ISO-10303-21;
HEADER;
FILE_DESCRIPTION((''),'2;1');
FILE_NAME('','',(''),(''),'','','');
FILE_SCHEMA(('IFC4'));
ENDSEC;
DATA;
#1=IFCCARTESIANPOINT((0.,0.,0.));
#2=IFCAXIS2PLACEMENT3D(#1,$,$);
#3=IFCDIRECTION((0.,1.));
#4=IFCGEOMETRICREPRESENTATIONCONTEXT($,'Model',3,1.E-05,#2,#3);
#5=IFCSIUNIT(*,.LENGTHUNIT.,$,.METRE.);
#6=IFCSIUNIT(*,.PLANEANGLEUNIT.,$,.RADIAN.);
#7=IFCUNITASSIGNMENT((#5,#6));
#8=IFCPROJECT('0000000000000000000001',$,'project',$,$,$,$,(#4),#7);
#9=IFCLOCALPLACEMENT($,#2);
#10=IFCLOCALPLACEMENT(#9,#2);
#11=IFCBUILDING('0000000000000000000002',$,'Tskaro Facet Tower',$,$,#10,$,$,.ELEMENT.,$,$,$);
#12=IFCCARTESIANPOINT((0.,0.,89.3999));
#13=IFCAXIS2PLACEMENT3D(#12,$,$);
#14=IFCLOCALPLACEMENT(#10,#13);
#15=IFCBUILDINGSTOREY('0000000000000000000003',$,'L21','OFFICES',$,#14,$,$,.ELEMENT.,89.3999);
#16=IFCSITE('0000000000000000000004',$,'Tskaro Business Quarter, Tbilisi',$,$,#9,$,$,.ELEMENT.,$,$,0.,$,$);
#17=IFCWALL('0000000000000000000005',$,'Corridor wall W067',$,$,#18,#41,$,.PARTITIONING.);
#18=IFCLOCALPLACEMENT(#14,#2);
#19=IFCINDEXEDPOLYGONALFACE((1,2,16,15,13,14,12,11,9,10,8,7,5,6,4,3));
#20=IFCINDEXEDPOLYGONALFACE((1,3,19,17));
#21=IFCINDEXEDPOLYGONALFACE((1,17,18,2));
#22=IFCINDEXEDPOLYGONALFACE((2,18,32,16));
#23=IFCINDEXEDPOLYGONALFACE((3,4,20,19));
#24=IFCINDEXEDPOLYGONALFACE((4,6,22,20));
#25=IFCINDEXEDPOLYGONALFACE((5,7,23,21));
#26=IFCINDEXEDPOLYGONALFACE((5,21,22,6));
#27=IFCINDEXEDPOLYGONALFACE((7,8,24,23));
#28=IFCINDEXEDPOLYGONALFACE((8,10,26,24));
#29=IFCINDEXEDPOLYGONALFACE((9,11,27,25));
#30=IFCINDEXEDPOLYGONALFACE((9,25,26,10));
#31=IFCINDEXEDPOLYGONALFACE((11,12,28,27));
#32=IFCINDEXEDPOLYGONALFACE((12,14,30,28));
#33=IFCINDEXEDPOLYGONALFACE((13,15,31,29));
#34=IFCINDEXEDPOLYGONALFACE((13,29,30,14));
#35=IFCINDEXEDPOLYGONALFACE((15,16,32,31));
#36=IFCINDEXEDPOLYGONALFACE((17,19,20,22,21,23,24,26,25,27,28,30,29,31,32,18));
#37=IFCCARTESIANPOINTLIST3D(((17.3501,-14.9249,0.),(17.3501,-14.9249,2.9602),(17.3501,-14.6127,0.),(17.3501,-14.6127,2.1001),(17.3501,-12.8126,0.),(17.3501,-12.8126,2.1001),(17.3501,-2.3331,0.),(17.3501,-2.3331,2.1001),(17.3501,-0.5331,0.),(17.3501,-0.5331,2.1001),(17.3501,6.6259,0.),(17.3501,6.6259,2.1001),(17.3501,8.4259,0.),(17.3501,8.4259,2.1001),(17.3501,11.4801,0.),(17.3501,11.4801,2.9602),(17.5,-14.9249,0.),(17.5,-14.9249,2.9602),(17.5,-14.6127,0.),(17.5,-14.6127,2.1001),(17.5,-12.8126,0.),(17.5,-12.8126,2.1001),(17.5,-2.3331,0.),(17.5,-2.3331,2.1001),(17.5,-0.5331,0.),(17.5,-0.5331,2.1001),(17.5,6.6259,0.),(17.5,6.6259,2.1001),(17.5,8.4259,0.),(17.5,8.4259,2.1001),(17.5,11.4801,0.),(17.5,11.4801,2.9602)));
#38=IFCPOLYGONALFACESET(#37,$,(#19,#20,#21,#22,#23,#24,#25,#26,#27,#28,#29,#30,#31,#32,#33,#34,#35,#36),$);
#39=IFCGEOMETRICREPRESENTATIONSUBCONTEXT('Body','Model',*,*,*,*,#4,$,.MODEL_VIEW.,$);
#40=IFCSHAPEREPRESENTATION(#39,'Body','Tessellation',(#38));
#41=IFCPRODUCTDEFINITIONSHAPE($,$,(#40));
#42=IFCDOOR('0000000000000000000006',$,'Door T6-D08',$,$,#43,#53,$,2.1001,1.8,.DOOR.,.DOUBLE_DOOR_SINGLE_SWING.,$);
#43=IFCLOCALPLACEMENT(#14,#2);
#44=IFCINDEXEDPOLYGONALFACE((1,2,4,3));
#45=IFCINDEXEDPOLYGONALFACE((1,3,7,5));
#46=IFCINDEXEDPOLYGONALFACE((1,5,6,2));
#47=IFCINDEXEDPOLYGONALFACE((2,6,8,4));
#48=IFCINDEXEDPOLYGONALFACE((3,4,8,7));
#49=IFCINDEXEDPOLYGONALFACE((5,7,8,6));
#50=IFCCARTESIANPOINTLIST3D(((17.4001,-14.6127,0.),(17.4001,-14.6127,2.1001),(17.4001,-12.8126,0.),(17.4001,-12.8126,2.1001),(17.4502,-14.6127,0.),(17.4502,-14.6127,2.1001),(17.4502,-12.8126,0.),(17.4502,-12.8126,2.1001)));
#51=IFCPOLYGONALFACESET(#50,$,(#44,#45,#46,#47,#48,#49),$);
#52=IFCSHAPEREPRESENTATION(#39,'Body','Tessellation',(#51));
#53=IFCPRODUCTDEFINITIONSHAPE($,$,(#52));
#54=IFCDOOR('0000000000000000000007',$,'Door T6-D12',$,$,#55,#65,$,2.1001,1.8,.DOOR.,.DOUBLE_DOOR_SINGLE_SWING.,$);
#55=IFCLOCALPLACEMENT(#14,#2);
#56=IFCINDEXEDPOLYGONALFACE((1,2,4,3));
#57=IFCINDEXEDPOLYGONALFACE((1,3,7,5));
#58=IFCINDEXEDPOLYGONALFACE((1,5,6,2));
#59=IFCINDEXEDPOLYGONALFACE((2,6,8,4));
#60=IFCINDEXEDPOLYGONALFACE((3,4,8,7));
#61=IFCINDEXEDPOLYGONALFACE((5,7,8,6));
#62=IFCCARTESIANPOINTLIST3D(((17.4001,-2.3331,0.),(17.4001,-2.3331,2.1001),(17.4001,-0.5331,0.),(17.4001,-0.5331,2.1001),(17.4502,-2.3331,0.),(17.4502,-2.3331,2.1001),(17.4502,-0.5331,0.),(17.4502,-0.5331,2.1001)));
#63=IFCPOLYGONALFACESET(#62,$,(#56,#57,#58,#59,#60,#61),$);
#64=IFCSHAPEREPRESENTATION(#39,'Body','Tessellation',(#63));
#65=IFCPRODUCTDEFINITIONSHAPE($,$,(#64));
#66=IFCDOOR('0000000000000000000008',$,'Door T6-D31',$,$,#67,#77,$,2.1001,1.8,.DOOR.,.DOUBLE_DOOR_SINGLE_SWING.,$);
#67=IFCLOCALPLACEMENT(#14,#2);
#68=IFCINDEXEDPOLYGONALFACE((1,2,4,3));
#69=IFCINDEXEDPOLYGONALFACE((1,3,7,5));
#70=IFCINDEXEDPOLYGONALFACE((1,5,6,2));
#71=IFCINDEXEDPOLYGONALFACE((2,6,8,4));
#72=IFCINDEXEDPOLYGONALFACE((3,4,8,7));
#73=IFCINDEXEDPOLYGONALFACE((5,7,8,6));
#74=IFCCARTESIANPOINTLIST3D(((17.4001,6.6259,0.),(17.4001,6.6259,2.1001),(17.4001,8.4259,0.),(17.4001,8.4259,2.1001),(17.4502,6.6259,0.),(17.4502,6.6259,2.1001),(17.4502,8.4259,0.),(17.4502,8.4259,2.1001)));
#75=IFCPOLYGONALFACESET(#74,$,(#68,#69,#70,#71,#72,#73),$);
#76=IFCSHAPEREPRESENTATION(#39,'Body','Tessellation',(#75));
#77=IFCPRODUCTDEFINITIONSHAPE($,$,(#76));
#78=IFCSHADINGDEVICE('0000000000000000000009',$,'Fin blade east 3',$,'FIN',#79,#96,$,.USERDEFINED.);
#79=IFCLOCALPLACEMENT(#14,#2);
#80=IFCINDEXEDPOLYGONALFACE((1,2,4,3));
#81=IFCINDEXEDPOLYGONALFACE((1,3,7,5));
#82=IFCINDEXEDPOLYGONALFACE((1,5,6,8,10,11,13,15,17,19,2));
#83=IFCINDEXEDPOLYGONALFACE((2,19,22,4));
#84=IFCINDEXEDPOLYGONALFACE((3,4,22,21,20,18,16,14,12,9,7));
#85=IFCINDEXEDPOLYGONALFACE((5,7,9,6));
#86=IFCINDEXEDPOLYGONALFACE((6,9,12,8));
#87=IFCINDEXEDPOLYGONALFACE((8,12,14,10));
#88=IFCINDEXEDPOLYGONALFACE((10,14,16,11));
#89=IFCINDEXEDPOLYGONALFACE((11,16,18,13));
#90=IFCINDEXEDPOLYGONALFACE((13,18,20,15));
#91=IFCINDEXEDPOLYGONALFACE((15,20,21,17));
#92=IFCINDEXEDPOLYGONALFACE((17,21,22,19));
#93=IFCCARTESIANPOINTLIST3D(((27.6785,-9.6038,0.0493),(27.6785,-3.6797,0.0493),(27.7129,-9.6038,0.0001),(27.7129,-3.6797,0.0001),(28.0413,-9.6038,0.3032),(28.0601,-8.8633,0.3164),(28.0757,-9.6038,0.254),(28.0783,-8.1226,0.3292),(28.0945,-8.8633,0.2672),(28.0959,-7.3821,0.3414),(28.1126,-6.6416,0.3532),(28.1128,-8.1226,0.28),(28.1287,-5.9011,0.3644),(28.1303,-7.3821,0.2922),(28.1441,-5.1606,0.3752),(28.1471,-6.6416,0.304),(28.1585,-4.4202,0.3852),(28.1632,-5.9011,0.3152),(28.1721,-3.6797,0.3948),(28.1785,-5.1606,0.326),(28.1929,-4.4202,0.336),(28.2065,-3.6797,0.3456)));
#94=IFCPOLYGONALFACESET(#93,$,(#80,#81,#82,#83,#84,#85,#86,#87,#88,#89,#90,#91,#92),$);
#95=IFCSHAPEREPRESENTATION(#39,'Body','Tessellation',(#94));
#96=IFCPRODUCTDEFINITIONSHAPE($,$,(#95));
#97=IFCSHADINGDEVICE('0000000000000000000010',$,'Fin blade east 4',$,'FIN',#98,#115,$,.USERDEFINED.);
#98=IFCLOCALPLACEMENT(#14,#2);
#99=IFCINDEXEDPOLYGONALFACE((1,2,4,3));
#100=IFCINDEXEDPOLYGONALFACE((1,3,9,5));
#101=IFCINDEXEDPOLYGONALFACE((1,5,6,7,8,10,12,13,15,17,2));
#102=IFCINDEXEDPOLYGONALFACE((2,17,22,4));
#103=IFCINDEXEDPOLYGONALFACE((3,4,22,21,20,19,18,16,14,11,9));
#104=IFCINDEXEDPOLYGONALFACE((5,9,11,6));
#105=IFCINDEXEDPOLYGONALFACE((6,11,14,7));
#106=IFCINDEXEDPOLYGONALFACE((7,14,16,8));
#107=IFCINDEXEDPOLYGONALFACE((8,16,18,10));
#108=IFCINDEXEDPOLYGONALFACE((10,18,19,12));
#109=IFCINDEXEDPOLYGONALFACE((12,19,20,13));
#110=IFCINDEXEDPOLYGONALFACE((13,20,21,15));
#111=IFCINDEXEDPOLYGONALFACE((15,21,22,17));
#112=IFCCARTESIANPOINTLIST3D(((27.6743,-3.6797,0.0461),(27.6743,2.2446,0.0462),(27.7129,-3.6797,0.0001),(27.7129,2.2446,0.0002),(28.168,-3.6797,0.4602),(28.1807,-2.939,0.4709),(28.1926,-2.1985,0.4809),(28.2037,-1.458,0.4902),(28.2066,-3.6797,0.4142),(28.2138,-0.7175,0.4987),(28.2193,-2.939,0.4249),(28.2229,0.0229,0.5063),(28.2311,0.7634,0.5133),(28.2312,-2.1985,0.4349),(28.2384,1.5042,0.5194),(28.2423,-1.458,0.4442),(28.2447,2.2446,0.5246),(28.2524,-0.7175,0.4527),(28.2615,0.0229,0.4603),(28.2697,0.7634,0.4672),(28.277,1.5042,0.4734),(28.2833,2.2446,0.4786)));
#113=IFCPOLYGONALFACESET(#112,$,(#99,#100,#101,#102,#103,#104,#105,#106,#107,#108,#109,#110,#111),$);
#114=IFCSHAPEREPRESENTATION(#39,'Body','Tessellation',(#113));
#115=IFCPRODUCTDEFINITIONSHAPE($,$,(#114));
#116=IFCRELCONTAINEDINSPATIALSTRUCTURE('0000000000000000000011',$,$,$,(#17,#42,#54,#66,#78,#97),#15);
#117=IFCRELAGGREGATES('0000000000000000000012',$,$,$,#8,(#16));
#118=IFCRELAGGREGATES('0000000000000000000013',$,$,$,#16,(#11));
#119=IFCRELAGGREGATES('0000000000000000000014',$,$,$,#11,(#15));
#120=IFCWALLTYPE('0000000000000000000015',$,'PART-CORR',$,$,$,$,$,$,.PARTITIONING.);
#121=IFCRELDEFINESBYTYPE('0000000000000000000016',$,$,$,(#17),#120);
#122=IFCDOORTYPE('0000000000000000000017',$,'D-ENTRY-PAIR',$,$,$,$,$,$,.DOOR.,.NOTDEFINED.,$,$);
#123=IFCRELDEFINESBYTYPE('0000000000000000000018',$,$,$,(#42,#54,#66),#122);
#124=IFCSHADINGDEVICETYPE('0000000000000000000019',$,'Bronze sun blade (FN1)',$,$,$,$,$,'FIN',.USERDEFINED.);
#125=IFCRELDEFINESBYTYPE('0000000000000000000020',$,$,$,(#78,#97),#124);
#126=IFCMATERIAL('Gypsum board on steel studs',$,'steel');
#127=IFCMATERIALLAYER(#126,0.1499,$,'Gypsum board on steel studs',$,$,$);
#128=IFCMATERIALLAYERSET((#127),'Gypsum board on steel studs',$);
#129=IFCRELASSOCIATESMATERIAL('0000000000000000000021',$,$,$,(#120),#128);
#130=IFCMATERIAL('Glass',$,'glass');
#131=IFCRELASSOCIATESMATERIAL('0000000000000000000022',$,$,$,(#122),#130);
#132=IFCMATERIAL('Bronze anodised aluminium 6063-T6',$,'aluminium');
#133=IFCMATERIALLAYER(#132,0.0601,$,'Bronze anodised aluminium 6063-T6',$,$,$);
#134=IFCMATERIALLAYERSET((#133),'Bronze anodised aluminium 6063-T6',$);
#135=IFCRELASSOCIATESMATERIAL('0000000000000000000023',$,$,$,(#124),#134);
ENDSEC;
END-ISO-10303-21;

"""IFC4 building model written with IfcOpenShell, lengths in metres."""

from ifc_helpers import new_model, si_unit, direction, frame, frame_2d, origin, place, context, subcontext, project, spatial, polyline, rectangle, outline, extrude, material, layer, layer_set, type_object, element, fill, save


model = new_model("IFC4")

# Units and contexts
model_context = context("Model", 3, precision=1e-05, world=origin(), true_north=direction((0.0, 1.0)))
body_context = subcontext(model_context, "Body", "Model", "MODEL_VIEW")
ifc_project = project(units=[si_unit("LENGTHUNIT", "METRE"), si_unit("PLANEANGLEUNIT", "RADIAN")], contexts=[model_context])

# Site, building, storey
site_placement = place(None, origin())
site = spatial("IfcSite", under=ifc_project, at=site_placement, Name="Tskaro Business Quarter, Tbilisi", CompositionType="ELEMENT", RefElevation=0.0)
building_placement = place(site_placement, origin())
building = spatial("IfcBuilding", under=site, at=building_placement, Name="Tskaro Facet Tower", CompositionType="ELEMENT")
storey_placement = place(building_placement, frame((0.0, 0.0, 89.3999)))
storey = spatial("IfcBuildingStorey", under=building, at=storey_placement, Name="L21", Description="OFFICES", CompositionType="ELEMENT", Elevation=89.3999)

# Shared definitions
ifc_material_1 = material(Name="Bronze anodised aluminium 6063-T6", Category="aluminium")

# Shared definitions
ifc_material_2 = material(Name="Gypsum board on steel studs", Category="steel")
ifc_layer_1 = layer(ifc_material_2, 0.1499, Name="Gypsum board on steel studs")
ifc_layer_set_1 = layer_set([ifc_layer_1], Name="Gypsum board on steel studs")
wall_type = type_object("IfcWallType", Name="PART-CORR", PredefinedType="PARTITIONING", material=ifc_layer_set_1)

# Wall, openings, doors
wall_1_placement = place(storey_placement, frame((17.425, -14.925, 0.0), z_axis=(0.0, 0.0, 1.0), x_axis=(0.0, 1.0, 0.0)))
wall_1 = element("IfcWall", 1, at=wall_1_placement, inside=storey, type_object=wall_type, Name="Corridor wall W067", PredefinedType="PARTITIONING", context=body_context, shape_type="SweptSolid", body=[
    extrude(rectangle(XDim=26.405, YDim=0.1499, at=frame_2d((13.2026, 0.0))), origin(), (0.0, 0.0, 1.0), 2.9602),
])
opening_1_placement = place(wall_1_placement, frame((0.3125, 0.0, 0.0)))
opening_1 = element("IfcOpeningElement", 2, at=opening_1_placement, cuts=wall_1, PredefinedType="OPENING", context=body_context, shape_type="SweptSolid", body=[
    extrude(rectangle(XDim=1.8, YDim=2.1001, at=frame_2d((0.8999, 1.05))), frame((0.0, 0.085, 0.0), z_axis=(0.0, -1.0, 0.0), x_axis=(1.0, 0.0, 0.0)), (0.0, 0.0, 1.0), 0.1699),
])
opening_2_placement = place(wall_1_placement, frame((12.592, 0.0, 0.0)))
opening_2 = element("IfcOpeningElement", 3, at=opening_2_placement, cuts=wall_1, PredefinedType="OPENING", context=body_context, shape_type="SweptSolid", body=[
    extrude(rectangle(XDim=1.8, YDim=2.1001, at=frame_2d((0.8999, 1.05))), frame((0.0, 0.085, 0.0), z_axis=(0.0, -1.0, 0.0), x_axis=(1.0, 0.0, 0.0)), (0.0, 0.0, 1.0), 0.1699),
])
opening_3_placement = place(wall_1_placement, frame((21.551, 0.0, 0.0)))
opening_3 = element("IfcOpeningElement", 4, at=opening_3_placement, cuts=wall_1, PredefinedType="OPENING", context=body_context, shape_type="SweptSolid", body=[
    extrude(rectangle(XDim=1.8, YDim=2.1001, at=frame_2d((0.8999, 1.05))), frame((0.0, 0.085, 0.0), z_axis=(0.0, -1.0, 0.0), x_axis=(1.0, 0.0, 0.0)), (0.0, 0.0, 1.0), 0.1699),
])
ifc_material_3 = material(Name="Glass", Category="glass")
door_type = type_object("IfcDoorType", Name="D-ENTRY-PAIR", OperationType="NOTDEFINED", PredefinedType="DOOR", material=ifc_material_3)
door_1_placement = place(opening_1_placement, origin())
door_1 = element("IfcDoor", 5, at=door_1_placement, inside=storey, type_object=door_type, Name="Door T6-D08", OperationType="DOUBLE_DOOR_SINGLE_SWING", OverallHeight=2.1001, OverallWidth=1.8, PredefinedType="DOOR", context=body_context, shape_type="SweptSolid", body=[
    extrude(rectangle(XDim=1.8, YDim=2.1001, at=frame_2d((0.8999, 1.05))), frame((0.0, 0.0249, 0.0), z_axis=(0.0, -1.0, 0.0), x_axis=(1.0, 0.0, 0.0)), (0.0, 0.0, 1.0), 0.05),
])
fill(opening_1, door_1)
door_2_placement = place(opening_2_placement, origin())
door_2 = element("IfcDoor", 6, at=door_2_placement, inside=storey, type_object=door_type, Name="Door T6-D12", OperationType="DOUBLE_DOOR_SINGLE_SWING", OverallHeight=2.1001, OverallWidth=1.8, PredefinedType="DOOR", context=body_context, shape_type="SweptSolid", body=[
    extrude(rectangle(XDim=1.8, YDim=2.1001, at=frame_2d((0.8999, 1.05))), frame((0.0, 0.0249, 0.0), z_axis=(0.0, -1.0, 0.0), x_axis=(1.0, 0.0, 0.0)), (0.0, 0.0, 1.0), 0.05),
])
fill(opening_2, door_2)
door_3_placement = place(opening_3_placement, origin())
door_3 = element("IfcDoor", 7, at=door_3_placement, inside=storey, type_object=door_type, Name="Door T6-D31", OperationType="DOUBLE_DOOR_SINGLE_SWING", OverallHeight=2.1001, OverallWidth=1.8, PredefinedType="DOOR", context=body_context, shape_type="SweptSolid", body=[
    extrude(rectangle(XDim=1.8, YDim=2.1001, at=frame_2d((0.8999, 1.05))), frame((0.0, 0.0249, 0.0), z_axis=(0.0, -1.0, 0.0), x_axis=(1.0, 0.0, 0.0)), (0.0, 0.0, 1.0), 0.05),
])
fill(opening_3, door_3)

# Shading devices
ifc_layer_2 = layer(ifc_material_1, 0.0601, Name="Bronze anodised aluminium 6063-T6")
ifc_layer_set_2 = layer_set([ifc_layer_2], Name="Bronze anodised aluminium 6063-T6")
shading_device_type = type_object("IfcShadingDeviceType", Name="Bronze sun blade (FN1)", ElementType="FIN", PredefinedType="USERDEFINED", material=ifc_layer_set_2)
shading_device_1_placement = place(storey_placement, frame((27.6785, -9.6038, 0.0493), z_axis=(-0.573404, 0.000003, 0.819273), x_axis=(0.000002, 1.0, -0.000002)))
element("IfcShadingDevice", 8, at=shading_device_1_placement, inside=storey, type_object=shading_device_type, Name="Fin blade east 3", ObjectType="FIN", PredefinedType="USERDEFINED", context=body_context, shape_type="SweptSolid", body=[
    extrude(outline(polyline([(0.0, 0.0), (5.9241, 0.0), (5.9241, -0.6025), (5.1836, -0.5859), (4.4431, -0.5683), (3.7026, -0.5496), (2.9622, -0.5299), (2.2217, -0.5095), (1.4812, -0.4881), (0.7405, -0.4658), (0.0, -0.4428), (0.0, 0.0)])), origin(), (0.0, 0.0, -1.0), 0.0601),
])
shading_device_2_placement = place(storey_placement, frame((27.6743, -3.6797, 0.0461), z_axis=(-0.642653, -0.00001, 0.766158), x_axis=(-0.000006, 1.0, 0.000008)))
element("IfcShadingDevice", 9, at=shading_device_2_placement, inside=storey, type_object=shading_device_type, Name="Fin blade east 4", ObjectType="FIN", PredefinedType="USERDEFINED", context=body_context, shape_type="SweptSolid", body=[
    extrude(outline(polyline([(0.0, 0.0), (5.9243, 0.0), (5.9243, -0.7445), (5.1838, -0.7363), (4.4431, -0.7268), (3.7026, -0.7161), (2.9622, -0.7041), (2.2217, -0.6909), (1.4812, -0.6765), (0.7407, -0.6609), (0.0, -0.6443), (0.0, 0.0)])), origin(), (0.0, 0.0, -1.0), 0.0601),
])

save(model, "model.ifc")
